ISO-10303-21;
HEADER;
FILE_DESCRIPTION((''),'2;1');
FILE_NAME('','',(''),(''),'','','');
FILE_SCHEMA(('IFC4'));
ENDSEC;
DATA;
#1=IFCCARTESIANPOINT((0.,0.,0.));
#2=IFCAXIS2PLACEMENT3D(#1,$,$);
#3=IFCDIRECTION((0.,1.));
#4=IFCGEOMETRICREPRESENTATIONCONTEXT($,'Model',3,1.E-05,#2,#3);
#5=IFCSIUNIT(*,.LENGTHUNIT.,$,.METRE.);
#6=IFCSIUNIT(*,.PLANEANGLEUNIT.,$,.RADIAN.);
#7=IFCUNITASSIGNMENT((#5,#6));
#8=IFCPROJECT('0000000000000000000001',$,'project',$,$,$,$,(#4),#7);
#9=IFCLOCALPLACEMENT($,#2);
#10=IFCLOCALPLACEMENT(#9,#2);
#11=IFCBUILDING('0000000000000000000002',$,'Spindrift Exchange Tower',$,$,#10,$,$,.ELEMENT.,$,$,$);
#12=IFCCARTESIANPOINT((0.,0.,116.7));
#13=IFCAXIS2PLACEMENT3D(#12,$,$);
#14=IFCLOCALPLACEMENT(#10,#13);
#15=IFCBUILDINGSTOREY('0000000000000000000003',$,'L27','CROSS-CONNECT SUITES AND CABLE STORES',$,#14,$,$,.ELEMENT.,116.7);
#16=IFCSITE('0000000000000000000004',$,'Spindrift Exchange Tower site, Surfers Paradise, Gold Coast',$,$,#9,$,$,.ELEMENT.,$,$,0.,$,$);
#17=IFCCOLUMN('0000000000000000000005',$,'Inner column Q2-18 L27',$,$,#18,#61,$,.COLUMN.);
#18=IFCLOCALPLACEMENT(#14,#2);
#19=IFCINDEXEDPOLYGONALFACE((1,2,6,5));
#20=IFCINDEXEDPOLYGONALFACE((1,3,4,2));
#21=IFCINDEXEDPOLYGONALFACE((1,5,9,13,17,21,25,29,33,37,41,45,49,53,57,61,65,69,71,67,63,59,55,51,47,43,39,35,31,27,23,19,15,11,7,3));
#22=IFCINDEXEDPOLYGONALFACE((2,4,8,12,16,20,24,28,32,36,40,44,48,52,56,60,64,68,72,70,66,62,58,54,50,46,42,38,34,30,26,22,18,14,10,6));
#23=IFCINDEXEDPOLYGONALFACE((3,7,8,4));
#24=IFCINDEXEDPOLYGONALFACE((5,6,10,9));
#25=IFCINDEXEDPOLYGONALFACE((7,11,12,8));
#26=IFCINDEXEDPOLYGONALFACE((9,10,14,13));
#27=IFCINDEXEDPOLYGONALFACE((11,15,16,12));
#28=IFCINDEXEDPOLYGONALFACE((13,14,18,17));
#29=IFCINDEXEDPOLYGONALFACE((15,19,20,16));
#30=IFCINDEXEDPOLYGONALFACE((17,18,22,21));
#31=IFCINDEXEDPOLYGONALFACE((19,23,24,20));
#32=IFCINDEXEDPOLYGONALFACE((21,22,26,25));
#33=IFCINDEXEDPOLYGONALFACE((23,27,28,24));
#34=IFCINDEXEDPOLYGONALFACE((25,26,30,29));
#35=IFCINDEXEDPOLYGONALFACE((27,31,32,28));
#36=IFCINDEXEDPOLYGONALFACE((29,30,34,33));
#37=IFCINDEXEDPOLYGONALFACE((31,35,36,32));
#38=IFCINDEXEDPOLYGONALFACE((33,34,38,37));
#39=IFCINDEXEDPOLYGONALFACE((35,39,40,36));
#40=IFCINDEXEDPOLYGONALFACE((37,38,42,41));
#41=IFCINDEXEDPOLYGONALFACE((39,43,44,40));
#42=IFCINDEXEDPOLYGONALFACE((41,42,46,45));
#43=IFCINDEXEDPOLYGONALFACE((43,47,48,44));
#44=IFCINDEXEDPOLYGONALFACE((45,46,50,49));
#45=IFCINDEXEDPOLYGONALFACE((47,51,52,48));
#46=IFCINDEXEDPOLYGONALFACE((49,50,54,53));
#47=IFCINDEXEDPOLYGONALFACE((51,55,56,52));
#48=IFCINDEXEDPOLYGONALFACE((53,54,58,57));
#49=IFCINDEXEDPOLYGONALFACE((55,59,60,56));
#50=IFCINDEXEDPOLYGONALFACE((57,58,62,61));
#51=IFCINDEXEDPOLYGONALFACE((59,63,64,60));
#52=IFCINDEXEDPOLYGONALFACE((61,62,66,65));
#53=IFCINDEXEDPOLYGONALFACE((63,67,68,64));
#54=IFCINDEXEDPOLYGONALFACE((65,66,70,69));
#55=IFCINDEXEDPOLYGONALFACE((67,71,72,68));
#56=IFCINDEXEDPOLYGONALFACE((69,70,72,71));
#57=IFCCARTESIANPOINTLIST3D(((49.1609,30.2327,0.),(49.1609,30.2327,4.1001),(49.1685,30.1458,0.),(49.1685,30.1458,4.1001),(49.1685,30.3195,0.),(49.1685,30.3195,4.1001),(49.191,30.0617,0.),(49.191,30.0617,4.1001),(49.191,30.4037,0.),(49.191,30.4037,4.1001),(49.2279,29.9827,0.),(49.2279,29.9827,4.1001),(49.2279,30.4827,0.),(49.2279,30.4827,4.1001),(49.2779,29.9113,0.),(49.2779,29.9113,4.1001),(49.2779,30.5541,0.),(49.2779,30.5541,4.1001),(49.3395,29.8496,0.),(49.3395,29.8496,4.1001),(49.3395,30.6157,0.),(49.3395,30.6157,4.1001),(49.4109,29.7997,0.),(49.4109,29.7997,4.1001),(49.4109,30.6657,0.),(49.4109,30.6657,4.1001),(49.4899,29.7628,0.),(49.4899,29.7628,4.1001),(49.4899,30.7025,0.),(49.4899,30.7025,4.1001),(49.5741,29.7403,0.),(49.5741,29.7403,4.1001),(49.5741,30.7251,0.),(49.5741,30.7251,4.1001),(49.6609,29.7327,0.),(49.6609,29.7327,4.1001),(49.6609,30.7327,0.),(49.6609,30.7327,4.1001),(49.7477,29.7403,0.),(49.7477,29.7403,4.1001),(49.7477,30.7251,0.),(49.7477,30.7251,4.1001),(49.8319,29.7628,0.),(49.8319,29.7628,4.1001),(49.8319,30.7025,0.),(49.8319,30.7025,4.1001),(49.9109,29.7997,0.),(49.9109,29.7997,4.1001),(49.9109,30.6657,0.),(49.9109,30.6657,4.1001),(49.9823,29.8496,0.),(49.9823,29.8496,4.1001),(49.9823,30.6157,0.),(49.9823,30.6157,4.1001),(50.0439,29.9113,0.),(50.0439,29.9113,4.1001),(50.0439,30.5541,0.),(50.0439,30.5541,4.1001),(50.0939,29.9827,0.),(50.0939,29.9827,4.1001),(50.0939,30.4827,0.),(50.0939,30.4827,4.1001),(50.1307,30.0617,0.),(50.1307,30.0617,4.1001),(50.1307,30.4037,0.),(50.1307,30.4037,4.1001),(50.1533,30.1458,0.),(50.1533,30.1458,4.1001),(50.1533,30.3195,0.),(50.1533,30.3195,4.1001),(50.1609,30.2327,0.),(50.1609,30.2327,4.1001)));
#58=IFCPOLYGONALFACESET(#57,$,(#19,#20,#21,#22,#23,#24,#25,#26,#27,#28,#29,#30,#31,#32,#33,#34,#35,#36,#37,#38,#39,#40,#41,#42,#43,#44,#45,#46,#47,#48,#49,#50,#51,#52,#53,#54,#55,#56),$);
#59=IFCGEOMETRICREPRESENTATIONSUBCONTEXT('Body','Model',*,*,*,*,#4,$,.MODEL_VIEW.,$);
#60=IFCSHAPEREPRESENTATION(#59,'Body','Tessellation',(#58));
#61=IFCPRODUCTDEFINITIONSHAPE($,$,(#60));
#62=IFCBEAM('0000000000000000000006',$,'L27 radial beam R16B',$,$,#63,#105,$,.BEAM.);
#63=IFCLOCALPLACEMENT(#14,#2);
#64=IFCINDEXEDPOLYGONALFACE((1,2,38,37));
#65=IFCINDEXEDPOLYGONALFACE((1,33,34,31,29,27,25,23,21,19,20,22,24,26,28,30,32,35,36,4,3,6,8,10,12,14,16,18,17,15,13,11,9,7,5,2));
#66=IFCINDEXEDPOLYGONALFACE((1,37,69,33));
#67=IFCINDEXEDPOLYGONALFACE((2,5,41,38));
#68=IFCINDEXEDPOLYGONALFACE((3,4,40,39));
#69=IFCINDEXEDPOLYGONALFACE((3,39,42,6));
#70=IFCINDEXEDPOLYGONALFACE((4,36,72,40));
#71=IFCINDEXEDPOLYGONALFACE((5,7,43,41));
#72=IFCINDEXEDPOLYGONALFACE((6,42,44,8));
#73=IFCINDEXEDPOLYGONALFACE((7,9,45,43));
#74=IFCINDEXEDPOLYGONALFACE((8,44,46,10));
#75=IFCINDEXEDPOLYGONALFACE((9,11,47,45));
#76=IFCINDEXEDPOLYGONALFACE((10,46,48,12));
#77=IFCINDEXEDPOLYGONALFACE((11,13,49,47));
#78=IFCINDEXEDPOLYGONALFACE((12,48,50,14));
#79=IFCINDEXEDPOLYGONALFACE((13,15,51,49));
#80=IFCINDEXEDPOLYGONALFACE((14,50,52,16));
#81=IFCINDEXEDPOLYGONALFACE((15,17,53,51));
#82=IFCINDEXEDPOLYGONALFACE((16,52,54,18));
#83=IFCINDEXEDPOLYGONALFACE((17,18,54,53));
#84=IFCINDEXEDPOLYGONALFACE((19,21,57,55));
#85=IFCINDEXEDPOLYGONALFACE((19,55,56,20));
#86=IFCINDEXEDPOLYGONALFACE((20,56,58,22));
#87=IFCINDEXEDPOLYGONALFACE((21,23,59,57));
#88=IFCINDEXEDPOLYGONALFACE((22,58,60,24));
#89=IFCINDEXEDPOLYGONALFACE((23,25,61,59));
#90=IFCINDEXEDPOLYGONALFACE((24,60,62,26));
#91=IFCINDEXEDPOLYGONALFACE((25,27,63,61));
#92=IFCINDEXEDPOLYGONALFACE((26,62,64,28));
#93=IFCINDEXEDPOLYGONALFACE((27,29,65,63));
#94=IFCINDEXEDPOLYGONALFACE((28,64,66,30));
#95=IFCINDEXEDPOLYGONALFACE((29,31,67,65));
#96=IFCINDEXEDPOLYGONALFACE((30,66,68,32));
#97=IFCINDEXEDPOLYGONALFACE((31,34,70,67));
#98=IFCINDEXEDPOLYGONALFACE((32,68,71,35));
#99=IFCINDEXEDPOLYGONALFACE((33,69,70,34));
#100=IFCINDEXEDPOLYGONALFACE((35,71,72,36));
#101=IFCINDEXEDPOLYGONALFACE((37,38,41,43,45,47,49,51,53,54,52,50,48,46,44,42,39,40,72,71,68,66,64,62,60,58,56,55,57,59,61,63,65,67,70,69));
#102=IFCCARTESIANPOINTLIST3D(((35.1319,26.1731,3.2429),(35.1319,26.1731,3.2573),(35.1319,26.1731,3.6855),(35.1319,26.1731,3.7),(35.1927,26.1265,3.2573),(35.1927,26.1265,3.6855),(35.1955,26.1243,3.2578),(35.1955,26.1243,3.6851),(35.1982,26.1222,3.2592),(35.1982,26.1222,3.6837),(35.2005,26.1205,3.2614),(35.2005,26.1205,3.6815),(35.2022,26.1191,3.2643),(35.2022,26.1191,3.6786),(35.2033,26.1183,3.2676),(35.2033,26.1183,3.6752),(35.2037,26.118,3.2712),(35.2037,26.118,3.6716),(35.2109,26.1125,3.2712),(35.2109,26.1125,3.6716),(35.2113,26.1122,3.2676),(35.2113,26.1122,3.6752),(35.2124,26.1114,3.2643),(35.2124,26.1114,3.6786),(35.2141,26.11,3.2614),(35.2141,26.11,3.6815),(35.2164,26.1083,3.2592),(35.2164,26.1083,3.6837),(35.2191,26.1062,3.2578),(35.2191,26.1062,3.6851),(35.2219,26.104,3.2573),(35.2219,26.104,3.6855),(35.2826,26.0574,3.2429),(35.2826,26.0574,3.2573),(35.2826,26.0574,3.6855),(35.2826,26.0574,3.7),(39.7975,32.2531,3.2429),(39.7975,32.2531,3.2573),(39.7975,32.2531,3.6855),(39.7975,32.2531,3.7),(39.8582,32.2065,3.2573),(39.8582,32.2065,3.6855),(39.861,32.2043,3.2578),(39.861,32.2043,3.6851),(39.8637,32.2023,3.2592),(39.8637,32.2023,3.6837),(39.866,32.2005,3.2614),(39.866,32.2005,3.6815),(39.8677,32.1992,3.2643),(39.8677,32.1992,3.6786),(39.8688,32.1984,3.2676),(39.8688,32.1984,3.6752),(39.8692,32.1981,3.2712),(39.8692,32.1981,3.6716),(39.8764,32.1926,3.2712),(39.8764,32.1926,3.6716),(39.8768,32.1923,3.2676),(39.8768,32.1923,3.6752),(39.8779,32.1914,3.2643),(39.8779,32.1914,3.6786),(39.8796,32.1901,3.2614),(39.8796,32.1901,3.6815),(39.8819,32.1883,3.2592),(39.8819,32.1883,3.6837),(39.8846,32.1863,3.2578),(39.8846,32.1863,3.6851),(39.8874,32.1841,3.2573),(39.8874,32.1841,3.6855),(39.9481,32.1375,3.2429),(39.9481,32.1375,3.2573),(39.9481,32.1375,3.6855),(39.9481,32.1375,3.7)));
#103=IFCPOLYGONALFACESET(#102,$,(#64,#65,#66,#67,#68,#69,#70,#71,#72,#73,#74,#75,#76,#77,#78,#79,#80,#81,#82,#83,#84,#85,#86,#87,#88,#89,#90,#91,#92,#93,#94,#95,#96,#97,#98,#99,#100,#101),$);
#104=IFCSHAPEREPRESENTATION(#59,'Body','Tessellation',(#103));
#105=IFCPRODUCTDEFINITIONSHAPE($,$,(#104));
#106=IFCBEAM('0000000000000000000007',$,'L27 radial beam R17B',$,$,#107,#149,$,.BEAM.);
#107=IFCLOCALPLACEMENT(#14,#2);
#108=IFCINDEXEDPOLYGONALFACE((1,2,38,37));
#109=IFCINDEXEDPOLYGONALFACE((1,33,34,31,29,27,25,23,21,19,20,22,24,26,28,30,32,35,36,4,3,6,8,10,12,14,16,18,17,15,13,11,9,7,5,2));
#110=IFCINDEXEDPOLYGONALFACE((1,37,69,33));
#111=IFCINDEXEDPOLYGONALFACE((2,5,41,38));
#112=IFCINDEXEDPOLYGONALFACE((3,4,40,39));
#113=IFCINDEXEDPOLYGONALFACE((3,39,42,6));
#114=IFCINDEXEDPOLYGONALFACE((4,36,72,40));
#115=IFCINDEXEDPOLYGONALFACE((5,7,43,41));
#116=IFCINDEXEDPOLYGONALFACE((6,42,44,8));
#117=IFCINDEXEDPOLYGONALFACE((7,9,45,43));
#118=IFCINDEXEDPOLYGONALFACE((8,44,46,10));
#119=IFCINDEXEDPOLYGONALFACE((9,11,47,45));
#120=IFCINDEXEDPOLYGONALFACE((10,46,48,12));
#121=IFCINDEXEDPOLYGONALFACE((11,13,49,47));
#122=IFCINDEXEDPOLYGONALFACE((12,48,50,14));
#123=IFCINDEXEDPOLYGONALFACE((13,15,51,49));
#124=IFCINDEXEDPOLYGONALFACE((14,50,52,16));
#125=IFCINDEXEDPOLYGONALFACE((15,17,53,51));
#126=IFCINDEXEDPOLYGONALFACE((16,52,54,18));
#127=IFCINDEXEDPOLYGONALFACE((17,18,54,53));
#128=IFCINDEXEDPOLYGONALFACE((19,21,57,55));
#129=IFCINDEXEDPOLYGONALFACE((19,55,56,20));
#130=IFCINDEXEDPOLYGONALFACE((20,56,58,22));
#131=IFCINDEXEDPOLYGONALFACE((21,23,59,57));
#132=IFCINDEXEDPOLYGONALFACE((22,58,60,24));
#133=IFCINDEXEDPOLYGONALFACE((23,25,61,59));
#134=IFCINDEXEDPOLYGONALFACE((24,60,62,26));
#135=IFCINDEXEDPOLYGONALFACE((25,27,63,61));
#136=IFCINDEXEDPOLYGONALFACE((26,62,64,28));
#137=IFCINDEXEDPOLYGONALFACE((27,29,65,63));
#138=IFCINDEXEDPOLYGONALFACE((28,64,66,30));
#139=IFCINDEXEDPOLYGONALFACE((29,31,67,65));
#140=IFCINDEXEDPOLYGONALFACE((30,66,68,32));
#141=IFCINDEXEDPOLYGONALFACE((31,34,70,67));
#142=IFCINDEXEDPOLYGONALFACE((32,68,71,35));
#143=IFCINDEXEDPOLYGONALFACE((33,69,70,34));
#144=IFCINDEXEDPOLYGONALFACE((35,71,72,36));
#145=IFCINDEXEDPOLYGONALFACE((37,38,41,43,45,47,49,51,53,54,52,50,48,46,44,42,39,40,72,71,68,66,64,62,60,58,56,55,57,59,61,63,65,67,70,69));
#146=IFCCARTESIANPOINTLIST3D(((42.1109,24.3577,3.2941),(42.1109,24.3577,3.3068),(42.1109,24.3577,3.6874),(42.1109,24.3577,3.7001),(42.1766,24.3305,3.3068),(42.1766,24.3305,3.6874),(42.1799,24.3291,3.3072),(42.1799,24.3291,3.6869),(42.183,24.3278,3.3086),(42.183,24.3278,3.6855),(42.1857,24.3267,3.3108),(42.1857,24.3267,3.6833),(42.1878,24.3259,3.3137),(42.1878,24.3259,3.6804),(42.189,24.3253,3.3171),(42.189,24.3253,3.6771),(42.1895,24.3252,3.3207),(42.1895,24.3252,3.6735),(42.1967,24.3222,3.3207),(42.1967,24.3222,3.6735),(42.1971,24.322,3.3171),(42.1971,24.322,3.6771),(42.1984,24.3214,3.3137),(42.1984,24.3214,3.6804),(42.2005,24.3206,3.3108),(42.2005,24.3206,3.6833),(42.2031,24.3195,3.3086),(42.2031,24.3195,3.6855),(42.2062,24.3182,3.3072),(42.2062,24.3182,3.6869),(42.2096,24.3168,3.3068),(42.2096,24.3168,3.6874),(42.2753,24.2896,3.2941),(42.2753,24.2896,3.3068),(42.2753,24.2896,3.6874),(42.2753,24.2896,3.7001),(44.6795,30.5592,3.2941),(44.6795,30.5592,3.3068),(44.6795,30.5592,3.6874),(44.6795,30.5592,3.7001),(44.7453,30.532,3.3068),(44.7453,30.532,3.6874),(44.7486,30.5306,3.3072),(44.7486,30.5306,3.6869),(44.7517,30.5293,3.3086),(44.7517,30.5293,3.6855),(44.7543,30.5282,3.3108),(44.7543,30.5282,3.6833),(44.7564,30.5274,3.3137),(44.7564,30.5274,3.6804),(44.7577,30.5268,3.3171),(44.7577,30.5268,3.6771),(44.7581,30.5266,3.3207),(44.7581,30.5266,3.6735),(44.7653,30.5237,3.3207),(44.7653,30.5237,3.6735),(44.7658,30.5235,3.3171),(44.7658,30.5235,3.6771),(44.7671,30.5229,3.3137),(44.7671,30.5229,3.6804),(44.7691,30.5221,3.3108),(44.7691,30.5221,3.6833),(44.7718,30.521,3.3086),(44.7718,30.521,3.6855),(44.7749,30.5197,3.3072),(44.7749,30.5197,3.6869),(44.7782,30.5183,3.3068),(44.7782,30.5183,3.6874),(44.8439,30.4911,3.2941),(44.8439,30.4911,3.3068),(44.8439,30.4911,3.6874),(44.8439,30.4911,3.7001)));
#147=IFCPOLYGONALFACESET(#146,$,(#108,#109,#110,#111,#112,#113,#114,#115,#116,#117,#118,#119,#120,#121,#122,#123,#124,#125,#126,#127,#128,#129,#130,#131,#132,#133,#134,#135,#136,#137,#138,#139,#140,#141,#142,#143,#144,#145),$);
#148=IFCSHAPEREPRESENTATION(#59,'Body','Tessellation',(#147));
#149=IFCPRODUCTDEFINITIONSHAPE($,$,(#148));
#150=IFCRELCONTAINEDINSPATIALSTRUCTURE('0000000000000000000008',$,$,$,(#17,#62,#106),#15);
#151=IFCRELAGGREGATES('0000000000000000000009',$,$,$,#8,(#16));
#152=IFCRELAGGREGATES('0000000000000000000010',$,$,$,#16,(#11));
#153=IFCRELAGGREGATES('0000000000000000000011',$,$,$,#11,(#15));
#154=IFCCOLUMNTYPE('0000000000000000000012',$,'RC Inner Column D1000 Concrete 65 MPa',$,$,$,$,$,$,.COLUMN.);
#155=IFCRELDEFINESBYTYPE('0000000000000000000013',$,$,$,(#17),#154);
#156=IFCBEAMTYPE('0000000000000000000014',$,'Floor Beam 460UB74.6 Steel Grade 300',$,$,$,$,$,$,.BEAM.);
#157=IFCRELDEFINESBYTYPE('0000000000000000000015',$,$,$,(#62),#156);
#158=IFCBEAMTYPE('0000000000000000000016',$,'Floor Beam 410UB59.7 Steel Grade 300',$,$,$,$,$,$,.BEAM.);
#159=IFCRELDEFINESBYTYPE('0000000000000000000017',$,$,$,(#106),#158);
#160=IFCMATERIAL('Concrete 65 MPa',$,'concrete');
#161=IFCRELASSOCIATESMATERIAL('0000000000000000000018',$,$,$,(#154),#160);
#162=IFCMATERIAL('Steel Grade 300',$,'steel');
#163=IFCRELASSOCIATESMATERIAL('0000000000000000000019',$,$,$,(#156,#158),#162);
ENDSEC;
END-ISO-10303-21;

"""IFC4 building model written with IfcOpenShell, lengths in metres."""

from ifc_helpers import new_model, si_unit, direction, frame, origin, origin_2d, place, context, subcontext, project, spatial, circle, i_section, extrude, source, transform, mapped, material, material_profile, profile_set, type_object, element, save


model = new_model("IFC4")

# Units and contexts
model_context = context("Model", 3, precision=1e-05, world=origin(), true_north=direction((0.0, 1.0)))
body_context = subcontext(model_context, "Body", "Model", "MODEL_VIEW")
ifc_project = project(units=[si_unit("LENGTHUNIT", "METRE"), si_unit("PLANEANGLEUNIT", "RADIAN")], contexts=[model_context])

# Site, building, storey
site_placement = place(None, origin())
site = spatial("IfcSite", under=ifc_project, at=site_placement, Name="Spindrift Exchange Tower site, Surfers Paradise, Gold Coast", CompositionType="ELEMENT", RefElevation=0.0)
building_placement = place(site_placement, origin())
building = spatial("IfcBuilding", under=site, at=building_placement, Name="Spindrift Exchange Tower", CompositionType="ELEMENT")
storey_placement = place(building_placement, frame((0.0, 0.0, 116.7)))
storey = spatial("IfcBuildingStorey", under=building, at=storey_placement, Name="L27", Description="CROSS-CONNECT SUITES AND CABLE STORES", CompositionType="ELEMENT", Elevation=116.7)

# Column
ifc_material_1 = material(Name="Concrete 65 MPa", Category="concrete")
ifc_material_profile_1 = material_profile(ifc_material_1, circle(Radius=0.5, at=origin_2d()), Name="RC D1000")
ifc_profile_set_1 = profile_set([ifc_material_profile_1], Name="Concrete 65 MPa")
column_type_1 = type_object("IfcColumnType", Name="RC Inner Column D1000 Concrete 65 MPa", PredefinedType="COLUMN", material=ifc_profile_set_1)
shared_shape_1 = source(origin(), body_context, "Body", "SweptSolid", [
    extrude(circle(Radius=0.5, at=origin_2d()), origin(), (0.0, 0.0, 1.0), 4.1001),
])
for number, where, z_axis, x_axis, name in (
    (1, (49.6609, 30.2327, 0.0), (0.0, 0.0, 1.0), (1.0, 0.0, 0.0), "Inner column Q2-18 L27"),
):
    element("IfcColumn", number, at=place(storey_placement, frame(where, z_axis=z_axis, x_axis=x_axis)), inside=storey, type_object=column_type_1, Name=name, PredefinedType="COLUMN", context=body_context, shape_type="MappedRepresentation", body=[
        mapped(shared_shape_1, transform((0.0, 0.0, 0.0), scale=1.0)),
    ])

# Beams
ifc_material_2 = material(Name="Steel Grade 300", Category="steel")
ifc_material_profile_2 = material_profile(ifc_material_2, i_section(OverallWidth=0.1899, OverallDepth=0.457, WebThickness=0.009, FlangeThickness=0.0144, FilletRadius=0.0139, at=origin_2d()), Name="460UB74.6")
ifc_profile_set_2 = profile_set([ifc_material_profile_2], Name="Steel Grade 300")
beam_type_1 = type_object("IfcBeamType", Name="Floor Beam 460UB74.6 Steel Grade 300", PredefinedType="BEAM", material=ifc_profile_set_2)
shared_shape_2 = source(origin(), body_context, "Body", "SweptSolid", [
    extrude(i_section(OverallWidth=0.1899, OverallDepth=0.457, WebThickness=0.009, FlangeThickness=0.0144, FilletRadius=0.0139, at=origin_2d()), origin(), (0.0, 0.0, 1.0), 7.6638),
])
beam_1_placement = place(storey_placement, frame((39.8728, 32.1953, 3.4714), z_axis=(-0.608771, -0.793346, 0.0), x_axis=(0.793346, -0.608771, 0.0)))
element("IfcBeam", 2, at=beam_1_placement, inside=storey, type_object=beam_type_1, Name="L27 radial beam R16B", PredefinedType="BEAM", context=body_context, shape_type="MappedRepresentation", body=[
    mapped(shared_shape_2, transform((0.0, 0.0, 0.0), scale=1.0)),
])
ifc_material_profile_3 = material_profile(ifc_material_2, i_section(OverallWidth=0.178, OverallDepth=0.406, WebThickness=0.0078, FlangeThickness=0.0127, FilletRadius=0.0139, at=origin_2d()), Name="410UB59.7")
ifc_profile_set_3 = profile_set([ifc_material_profile_3], Name="Steel Grade 300")
beam_type_2 = type_object("IfcBeamType", Name="Floor Beam 410UB59.7 Steel Grade 300", PredefinedType="BEAM", material=ifc_profile_set_3)
shared_shape_3 = source(origin(), body_context, "Body", "SweptSolid", [
    extrude(i_section(OverallWidth=0.178, OverallDepth=0.406, WebThickness=0.0078, FlangeThickness=0.0127, FilletRadius=0.0139, at=origin_2d()), origin(), (0.0, 0.0, 1.0), 6.7124),
])
beam_2_placement = place(storey_placement, frame((44.7617, 30.5251, 3.4971), z_axis=(-0.38267, -0.923885, 0.0), x_axis=(0.923885, -0.38267, 0.0)))
element("IfcBeam", 3, at=beam_2_placement, inside=storey, type_object=beam_type_2, Name="L27 radial beam R17B", PredefinedType="BEAM", context=body_context, shape_type="MappedRepresentation", body=[
    mapped(shared_shape_3, transform((0.0, 0.0, 0.0), scale=1.0)),
])

save(model, "model.ifc")
